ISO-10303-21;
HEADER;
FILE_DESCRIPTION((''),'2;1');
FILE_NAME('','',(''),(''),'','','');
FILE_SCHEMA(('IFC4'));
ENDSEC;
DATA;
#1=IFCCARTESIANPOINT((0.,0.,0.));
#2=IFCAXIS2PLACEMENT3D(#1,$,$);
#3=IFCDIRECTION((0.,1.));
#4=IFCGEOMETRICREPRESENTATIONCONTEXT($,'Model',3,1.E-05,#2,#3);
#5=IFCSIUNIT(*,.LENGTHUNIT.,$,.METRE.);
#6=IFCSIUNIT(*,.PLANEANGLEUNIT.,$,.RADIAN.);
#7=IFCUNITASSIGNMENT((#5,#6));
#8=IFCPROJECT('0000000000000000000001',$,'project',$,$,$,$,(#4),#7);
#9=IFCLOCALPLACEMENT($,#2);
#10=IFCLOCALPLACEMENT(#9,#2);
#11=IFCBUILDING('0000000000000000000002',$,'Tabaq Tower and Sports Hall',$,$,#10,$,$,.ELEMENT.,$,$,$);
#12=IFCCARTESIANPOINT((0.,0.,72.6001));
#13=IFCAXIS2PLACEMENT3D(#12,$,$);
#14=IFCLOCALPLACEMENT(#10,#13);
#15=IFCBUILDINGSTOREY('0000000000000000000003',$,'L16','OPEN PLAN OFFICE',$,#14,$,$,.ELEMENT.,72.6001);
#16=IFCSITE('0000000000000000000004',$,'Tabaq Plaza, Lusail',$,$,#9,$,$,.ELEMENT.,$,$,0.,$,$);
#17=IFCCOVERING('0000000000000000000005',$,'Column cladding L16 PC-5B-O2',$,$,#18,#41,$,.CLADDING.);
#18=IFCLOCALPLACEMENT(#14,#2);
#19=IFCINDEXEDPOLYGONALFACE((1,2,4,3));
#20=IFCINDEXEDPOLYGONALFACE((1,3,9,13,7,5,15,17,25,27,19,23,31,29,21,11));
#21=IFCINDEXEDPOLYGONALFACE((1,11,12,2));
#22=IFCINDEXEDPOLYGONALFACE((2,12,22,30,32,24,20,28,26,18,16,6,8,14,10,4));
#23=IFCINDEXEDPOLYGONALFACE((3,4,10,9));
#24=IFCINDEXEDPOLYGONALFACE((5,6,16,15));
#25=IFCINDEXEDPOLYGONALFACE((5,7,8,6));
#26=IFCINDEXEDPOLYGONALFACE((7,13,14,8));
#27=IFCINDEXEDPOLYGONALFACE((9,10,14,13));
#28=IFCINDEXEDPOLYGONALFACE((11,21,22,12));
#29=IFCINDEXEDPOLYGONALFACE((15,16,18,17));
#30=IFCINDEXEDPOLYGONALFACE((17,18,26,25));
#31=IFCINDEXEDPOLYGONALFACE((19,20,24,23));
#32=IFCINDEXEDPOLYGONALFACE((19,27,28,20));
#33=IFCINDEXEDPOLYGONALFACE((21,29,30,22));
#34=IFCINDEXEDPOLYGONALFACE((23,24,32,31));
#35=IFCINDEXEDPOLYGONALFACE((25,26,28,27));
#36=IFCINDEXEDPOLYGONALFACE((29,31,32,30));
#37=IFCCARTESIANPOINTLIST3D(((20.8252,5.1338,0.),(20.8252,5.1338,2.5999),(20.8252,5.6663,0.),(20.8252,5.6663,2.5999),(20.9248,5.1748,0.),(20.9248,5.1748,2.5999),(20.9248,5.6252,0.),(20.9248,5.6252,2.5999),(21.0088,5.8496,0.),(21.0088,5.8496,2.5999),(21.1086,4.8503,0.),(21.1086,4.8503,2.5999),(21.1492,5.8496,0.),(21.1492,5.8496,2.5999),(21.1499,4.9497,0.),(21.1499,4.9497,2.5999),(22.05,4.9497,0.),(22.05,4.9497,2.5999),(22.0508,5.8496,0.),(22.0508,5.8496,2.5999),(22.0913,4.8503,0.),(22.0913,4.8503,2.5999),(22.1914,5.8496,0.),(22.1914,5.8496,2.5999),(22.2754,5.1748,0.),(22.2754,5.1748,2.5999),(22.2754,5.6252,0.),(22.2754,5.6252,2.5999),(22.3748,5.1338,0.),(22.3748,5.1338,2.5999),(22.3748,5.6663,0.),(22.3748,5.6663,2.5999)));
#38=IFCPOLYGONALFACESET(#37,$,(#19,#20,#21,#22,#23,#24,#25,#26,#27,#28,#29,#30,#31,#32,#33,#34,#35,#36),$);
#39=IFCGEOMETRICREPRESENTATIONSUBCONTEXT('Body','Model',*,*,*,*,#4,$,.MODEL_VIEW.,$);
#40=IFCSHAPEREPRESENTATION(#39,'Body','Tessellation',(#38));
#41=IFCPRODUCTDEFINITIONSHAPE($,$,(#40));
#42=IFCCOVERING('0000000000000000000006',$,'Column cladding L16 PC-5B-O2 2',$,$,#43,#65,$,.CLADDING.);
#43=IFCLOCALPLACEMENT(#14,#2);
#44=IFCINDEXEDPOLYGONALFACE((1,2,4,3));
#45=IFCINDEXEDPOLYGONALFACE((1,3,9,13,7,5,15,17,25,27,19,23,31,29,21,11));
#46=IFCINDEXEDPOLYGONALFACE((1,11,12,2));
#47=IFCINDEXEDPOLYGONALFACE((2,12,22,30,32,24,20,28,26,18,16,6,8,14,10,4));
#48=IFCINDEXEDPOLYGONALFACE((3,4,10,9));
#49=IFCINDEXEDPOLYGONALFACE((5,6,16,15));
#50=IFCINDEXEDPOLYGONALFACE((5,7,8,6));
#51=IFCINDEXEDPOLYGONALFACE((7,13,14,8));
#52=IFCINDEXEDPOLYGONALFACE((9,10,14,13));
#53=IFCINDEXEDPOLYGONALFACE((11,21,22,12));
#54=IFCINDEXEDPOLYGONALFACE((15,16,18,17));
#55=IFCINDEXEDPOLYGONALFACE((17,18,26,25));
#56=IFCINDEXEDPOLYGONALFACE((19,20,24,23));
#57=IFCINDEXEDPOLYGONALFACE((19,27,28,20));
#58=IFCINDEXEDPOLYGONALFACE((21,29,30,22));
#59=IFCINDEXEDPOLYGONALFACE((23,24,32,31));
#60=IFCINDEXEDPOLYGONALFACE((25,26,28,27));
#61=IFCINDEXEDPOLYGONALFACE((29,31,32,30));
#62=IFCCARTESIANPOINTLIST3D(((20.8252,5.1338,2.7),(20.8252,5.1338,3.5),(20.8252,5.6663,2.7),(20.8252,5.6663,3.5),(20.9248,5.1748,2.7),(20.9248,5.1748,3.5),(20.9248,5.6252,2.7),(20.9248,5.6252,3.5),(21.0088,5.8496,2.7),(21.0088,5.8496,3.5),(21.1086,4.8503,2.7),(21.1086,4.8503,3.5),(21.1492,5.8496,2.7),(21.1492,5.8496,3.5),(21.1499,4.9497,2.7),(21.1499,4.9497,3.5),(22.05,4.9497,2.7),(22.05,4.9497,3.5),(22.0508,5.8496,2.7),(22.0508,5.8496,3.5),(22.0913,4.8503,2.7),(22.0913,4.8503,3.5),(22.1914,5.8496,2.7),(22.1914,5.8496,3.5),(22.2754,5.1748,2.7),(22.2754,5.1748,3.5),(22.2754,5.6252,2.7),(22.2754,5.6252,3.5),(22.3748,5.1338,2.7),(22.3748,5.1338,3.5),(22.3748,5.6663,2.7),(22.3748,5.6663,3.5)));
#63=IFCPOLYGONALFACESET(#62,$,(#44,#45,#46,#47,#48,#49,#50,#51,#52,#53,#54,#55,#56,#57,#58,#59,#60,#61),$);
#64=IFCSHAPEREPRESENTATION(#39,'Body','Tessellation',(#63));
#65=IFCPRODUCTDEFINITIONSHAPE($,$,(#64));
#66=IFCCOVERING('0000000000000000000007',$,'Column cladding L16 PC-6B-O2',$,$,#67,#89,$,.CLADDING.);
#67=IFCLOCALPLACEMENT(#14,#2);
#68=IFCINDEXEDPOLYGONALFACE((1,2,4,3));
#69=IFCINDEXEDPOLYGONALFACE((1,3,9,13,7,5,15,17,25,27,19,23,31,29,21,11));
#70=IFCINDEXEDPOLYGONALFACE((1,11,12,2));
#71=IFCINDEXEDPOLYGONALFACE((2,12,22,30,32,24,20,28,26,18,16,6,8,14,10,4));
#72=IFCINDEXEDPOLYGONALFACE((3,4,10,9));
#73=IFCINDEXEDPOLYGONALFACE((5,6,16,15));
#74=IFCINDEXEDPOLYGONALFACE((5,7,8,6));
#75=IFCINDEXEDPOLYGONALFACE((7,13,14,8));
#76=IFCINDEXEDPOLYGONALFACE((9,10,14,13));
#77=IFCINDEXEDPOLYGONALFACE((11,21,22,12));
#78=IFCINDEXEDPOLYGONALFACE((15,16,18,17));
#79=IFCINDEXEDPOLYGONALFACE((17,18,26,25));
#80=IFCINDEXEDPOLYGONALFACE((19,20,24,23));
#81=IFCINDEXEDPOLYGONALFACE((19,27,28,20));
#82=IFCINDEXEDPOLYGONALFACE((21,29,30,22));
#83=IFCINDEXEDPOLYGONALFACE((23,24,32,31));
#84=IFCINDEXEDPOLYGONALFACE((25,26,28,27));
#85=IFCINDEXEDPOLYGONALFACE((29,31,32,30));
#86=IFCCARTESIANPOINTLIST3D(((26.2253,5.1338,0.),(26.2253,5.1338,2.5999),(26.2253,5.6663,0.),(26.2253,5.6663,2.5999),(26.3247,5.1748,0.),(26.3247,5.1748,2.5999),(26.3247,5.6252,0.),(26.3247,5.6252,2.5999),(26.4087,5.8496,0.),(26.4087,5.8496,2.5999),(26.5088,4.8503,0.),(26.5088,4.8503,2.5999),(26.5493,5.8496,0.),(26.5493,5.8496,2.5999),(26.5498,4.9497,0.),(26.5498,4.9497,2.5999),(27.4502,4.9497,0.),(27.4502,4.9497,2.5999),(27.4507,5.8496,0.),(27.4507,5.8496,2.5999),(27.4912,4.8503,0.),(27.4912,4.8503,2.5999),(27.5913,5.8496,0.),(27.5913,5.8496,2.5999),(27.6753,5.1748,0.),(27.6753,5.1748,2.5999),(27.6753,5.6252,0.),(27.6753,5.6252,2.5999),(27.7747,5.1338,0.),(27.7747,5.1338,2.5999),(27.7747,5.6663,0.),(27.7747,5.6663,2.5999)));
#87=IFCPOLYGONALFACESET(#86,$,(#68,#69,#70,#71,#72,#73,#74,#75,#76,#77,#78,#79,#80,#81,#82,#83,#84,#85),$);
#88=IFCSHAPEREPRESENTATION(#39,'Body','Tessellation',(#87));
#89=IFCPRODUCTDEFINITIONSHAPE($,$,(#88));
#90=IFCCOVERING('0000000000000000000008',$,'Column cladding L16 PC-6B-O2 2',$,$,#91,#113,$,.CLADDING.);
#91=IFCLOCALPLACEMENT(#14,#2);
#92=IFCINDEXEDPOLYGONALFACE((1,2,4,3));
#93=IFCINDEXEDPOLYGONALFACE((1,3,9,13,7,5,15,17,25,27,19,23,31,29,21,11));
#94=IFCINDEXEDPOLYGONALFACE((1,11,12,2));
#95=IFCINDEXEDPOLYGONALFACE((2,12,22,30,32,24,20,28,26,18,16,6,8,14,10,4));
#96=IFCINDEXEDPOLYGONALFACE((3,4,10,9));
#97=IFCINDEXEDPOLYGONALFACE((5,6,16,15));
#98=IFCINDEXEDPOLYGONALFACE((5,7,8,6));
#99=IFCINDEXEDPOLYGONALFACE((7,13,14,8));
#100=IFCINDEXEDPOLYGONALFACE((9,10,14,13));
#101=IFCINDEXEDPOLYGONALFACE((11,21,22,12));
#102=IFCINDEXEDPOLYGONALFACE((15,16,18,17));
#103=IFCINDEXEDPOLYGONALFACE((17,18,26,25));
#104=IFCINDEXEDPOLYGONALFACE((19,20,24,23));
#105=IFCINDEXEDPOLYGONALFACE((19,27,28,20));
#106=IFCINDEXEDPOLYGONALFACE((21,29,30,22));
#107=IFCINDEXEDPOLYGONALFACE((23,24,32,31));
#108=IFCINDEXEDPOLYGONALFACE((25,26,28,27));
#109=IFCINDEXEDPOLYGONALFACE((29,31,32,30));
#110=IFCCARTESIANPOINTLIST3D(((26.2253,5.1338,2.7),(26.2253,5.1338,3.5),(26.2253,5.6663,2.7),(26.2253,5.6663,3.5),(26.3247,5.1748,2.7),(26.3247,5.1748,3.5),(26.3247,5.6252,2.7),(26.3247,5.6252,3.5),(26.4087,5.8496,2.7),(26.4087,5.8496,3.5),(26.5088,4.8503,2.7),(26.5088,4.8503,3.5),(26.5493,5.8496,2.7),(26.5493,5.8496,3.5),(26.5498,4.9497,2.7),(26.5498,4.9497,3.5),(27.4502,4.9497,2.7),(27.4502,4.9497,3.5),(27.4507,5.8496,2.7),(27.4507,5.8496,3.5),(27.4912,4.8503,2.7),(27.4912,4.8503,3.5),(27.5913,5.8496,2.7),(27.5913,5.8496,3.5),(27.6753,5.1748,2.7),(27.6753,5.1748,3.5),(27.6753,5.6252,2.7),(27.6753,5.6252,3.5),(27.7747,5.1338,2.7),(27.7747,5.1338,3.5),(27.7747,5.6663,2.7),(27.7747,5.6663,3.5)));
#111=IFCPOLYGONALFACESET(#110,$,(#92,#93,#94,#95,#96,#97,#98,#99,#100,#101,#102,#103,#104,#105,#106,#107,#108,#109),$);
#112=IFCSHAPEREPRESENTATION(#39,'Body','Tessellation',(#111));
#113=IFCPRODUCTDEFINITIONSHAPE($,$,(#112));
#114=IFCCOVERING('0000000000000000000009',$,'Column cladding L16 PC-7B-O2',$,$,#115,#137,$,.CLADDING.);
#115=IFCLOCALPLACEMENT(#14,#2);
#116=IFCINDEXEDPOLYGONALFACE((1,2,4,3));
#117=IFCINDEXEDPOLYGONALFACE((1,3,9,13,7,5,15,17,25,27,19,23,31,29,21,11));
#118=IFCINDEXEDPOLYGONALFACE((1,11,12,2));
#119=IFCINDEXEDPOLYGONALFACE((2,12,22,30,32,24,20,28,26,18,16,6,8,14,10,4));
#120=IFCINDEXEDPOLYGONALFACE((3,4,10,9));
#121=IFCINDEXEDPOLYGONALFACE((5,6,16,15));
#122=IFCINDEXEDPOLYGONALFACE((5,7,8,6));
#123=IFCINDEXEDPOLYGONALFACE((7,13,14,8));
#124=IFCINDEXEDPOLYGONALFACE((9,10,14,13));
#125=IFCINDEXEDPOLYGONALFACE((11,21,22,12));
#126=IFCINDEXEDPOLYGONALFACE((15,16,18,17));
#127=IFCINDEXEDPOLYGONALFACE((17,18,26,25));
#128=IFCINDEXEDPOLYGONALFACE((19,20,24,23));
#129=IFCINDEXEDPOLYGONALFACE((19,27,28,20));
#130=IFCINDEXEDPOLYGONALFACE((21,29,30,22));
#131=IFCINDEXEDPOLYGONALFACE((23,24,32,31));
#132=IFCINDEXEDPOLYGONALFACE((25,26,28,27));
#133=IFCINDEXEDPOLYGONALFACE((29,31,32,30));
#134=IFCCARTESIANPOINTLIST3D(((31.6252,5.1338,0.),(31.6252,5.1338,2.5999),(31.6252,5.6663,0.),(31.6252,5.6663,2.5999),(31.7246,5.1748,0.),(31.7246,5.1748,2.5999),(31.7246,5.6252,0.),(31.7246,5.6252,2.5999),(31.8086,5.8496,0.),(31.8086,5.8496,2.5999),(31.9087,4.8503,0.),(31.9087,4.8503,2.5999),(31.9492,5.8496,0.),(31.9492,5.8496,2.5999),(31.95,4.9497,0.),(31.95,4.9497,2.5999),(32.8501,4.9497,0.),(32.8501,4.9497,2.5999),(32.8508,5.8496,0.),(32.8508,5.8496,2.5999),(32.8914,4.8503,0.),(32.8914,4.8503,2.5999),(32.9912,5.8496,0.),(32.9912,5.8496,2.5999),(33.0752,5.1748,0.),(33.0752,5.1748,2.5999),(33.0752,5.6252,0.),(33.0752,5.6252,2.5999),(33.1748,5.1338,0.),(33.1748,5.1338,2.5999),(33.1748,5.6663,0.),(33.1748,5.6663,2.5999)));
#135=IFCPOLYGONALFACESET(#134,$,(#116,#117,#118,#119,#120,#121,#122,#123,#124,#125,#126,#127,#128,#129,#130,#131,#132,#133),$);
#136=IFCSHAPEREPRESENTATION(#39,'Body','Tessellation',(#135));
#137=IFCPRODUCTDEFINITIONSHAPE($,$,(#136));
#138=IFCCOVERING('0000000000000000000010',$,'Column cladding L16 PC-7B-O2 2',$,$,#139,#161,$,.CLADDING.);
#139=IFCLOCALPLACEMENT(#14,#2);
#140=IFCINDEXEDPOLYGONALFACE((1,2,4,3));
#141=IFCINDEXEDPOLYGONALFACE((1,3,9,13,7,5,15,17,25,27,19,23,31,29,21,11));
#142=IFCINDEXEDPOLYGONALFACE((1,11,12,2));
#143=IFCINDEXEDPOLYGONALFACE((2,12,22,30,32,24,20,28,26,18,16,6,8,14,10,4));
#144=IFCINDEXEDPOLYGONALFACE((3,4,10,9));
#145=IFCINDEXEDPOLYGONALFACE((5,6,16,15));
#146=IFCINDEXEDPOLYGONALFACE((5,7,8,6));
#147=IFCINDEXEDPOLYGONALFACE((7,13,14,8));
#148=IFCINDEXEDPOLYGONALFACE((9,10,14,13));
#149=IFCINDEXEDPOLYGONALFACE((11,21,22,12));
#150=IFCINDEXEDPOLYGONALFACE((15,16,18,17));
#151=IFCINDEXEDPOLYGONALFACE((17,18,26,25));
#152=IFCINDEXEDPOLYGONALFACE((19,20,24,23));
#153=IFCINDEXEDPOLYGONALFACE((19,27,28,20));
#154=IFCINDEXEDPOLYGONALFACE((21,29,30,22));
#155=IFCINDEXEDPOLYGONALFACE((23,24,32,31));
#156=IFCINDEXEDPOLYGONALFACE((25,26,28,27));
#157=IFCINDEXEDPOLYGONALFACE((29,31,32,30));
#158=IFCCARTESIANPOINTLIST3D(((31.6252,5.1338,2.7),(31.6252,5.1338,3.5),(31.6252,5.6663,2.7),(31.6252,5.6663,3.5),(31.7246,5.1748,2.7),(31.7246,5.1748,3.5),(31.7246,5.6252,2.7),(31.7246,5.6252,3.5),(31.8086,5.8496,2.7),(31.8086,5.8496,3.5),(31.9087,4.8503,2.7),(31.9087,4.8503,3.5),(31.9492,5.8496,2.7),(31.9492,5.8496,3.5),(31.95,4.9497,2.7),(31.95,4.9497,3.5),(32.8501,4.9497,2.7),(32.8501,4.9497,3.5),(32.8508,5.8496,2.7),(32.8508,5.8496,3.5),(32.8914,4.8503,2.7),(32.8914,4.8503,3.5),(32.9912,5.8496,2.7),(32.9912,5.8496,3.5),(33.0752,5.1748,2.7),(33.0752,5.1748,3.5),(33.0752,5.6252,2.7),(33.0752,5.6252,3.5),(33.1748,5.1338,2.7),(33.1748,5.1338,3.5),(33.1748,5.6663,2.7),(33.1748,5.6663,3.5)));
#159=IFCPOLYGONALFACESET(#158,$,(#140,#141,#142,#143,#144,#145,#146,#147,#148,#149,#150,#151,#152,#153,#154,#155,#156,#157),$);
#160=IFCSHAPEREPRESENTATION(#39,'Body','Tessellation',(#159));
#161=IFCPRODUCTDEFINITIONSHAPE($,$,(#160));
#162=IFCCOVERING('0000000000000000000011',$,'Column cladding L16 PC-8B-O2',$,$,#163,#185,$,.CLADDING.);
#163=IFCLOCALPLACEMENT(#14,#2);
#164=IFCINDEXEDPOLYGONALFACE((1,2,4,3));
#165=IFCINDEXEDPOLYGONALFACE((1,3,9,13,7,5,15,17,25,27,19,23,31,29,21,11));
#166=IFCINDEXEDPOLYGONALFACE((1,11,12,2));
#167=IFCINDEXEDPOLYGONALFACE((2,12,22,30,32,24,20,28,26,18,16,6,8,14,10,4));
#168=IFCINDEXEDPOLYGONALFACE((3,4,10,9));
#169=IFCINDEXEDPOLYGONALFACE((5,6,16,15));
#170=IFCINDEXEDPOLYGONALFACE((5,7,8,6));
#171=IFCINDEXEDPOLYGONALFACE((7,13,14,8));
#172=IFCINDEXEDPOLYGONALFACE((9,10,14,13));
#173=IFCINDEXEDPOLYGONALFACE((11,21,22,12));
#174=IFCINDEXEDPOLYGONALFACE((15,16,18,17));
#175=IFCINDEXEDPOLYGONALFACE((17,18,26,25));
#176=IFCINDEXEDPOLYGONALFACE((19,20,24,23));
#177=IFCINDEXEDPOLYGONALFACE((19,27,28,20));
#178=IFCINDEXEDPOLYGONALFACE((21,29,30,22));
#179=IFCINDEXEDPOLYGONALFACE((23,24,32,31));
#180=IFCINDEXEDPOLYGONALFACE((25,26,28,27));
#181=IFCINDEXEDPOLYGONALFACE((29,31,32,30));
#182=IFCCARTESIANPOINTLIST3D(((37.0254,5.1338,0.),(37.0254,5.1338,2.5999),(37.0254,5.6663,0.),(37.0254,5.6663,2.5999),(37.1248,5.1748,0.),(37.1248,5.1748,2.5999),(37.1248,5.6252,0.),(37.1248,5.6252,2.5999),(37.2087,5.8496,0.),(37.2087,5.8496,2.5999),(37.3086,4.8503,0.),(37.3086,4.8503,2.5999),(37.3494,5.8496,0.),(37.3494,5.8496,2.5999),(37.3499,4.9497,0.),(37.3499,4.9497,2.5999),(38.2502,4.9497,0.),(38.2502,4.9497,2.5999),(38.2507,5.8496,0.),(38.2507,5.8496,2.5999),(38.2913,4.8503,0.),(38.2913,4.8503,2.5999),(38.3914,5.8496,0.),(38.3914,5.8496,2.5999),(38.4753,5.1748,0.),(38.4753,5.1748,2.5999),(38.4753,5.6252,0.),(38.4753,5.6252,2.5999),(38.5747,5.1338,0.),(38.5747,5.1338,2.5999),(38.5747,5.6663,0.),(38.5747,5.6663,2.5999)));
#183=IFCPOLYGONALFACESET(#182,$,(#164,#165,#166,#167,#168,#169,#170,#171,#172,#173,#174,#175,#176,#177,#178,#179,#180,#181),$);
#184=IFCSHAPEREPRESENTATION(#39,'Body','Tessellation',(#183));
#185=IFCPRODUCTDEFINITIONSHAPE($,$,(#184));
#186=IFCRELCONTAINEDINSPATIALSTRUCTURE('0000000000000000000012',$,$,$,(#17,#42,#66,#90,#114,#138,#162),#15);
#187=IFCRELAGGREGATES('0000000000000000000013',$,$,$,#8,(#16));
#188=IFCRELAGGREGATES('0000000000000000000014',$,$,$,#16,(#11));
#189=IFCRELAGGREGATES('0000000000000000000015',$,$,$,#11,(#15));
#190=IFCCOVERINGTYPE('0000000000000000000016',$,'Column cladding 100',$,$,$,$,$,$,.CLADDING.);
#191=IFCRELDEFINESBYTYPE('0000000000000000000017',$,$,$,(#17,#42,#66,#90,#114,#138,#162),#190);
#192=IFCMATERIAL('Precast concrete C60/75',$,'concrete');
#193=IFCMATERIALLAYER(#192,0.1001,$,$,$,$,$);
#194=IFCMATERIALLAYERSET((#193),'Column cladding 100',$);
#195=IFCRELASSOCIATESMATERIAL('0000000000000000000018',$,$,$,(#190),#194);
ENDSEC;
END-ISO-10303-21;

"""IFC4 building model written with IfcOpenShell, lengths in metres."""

from ifc_helpers import new_model, si_unit, direction, frame, origin, place, context, subcontext, project, spatial, polyline, outline, extrude, material, layer, layer_set, type_object, element, save


model = new_model("IFC4")

# Units and contexts
model_context = context("Model", 3, precision=1e-05, world=origin(), true_north=direction((0.0, 1.0)))
body_context = subcontext(model_context, "Body", "Model", "MODEL_VIEW")
ifc_project = project(units=[si_unit("LENGTHUNIT", "METRE"), si_unit("PLANEANGLEUNIT", "RADIAN")], contexts=[model_context])

# Site, building, storey
site_placement = place(None, origin())
site = spatial("IfcSite", under=ifc_project, at=site_placement, Name="Tabaq Plaza, Lusail", CompositionType="ELEMENT", RefElevation=0.0)
building_placement = place(site_placement, origin())
building = spatial("IfcBuilding", under=site, at=building_placement, Name="Tabaq Tower and Sports Hall", CompositionType="ELEMENT")
storey_placement = place(building_placement, frame((0.0, 0.0, 72.6001)))
storey = spatial("IfcBuildingStorey", under=building, at=storey_placement, Name="L16", Description="OPEN PLAN OFFICE", CompositionType="ELEMENT", Elevation=72.6001)

# Coverings
ifc_material_1 = material(Name="Precast concrete C60/75", Category="concrete")
ifc_layer_1 = layer(ifc_material_1, 0.1001)
ifc_layer_set_1 = layer_set([ifc_layer_1], Name="Column cladding 100")
covering_type = type_object("IfcCoveringType", Name="Column cladding 100", PredefinedType="CLADDING", material=ifc_layer_set_1)
covering_1_placement = place(storey_placement, origin())
element("IfcCovering", 1, at=covering_1_placement, inside=storey, type_object=covering_type, Name="Column cladding L16 PC-5B-O2", PredefinedType="CLADDING", context=body_context, shape_type="SweptSolid", body=[
    extrude(outline(polyline([(20.8252, 5.6663), (21.0088, 5.8496), (21.1492, 5.8496), (20.9248, 5.6252), (20.9248, 5.1748), (21.1499, 4.9497), (22.05, 4.9497), (22.2754, 5.1748), (22.2754, 5.6252), (22.0508, 5.8496), (22.1914, 5.8496), (22.3748, 5.6663), (22.3748, 5.1338), (22.0913, 4.8503), (21.1086, 4.8503), (20.8252, 5.1338), (20.8252, 5.6663)])), origin(), (0.0, 0.0, 1.0), 2.5999),
])
covering_2_placement = place(storey_placement, frame((0.0, 0.0, 2.7)))
element("IfcCovering", 2, at=covering_2_placement, inside=storey, type_object=covering_type, Name="Column cladding L16 PC-5B-O2 2", PredefinedType="CLADDING", context=body_context, shape_type="SweptSolid", body=[
    extrude(outline(polyline([(20.8252, 5.6663), (21.0088, 5.8496), (21.1492, 5.8496), (20.9248, 5.6252), (20.9248, 5.1748), (21.1499, 4.9497), (22.05, 4.9497), (22.2754, 5.1748), (22.2754, 5.6252), (22.0508, 5.8496), (22.1914, 5.8496), (22.3748, 5.6663), (22.3748, 5.1338), (22.0913, 4.8503), (21.1086, 4.8503), (20.8252, 5.1338), (20.8252, 5.6663)])), origin(), (0.0, 0.0, 1.0), 0.8),
])
covering_3_placement = place(storey_placement, origin())
element("IfcCovering", 3, at=covering_3_placement, inside=storey, type_object=covering_type, Name="Column cladding L16 PC-6B-O2", PredefinedType="CLADDING", context=body_context, shape_type="SweptSolid", body=[
    extrude(outline(polyline([(26.2253, 5.6663), (26.4087, 5.8496), (26.5493, 5.8496), (26.3247, 5.6252), (26.3247, 5.1748), (26.5498, 4.9497), (27.4502, 4.9497), (27.6753, 5.1748), (27.6753, 5.6252), (27.4507, 5.8496), (27.5913, 5.8496), (27.7747, 5.6663), (27.7747, 5.1338), (27.4912, 4.8503), (26.5088, 4.8503), (26.2253, 5.1338), (26.2253, 5.6663)])), origin(), (0.0, 0.0, 1.0), 2.5999),
])
covering_4_placement = place(storey_placement, frame((0.0, 0.0, 2.7)))
element("IfcCovering", 4, at=covering_4_placement, inside=storey, type_object=covering_type, Name="Column cladding L16 PC-6B-O2 2", PredefinedType="CLADDING", context=body_context, shape_type="SweptSolid", body=[
    extrude(outline(polyline([(26.2253, 5.6663), (26.4087, 5.8496), (26.5493, 5.8496), (26.3247, 5.6252), (26.3247, 5.1748), (26.5498, 4.9497), (27.4502, 4.9497), (27.6753, 5.1748), (27.6753, 5.6252), (27.4507, 5.8496), (27.5913, 5.8496), (27.7747, 5.6663), (27.7747, 5.1338), (27.4912, 4.8503), (26.5088, 4.8503), (26.2253, 5.1338), (26.2253, 5.6663)])), origin(), (0.0, 0.0, 1.0), 0.8),
])
covering_5_placement = place(storey_placement, origin())
element("IfcCovering", 5, at=covering_5_placement, inside=storey, type_object=covering_type, Name="Column cladding L16 PC-7B-O2", PredefinedType="CLADDING", context=body_context, shape_type="SweptSolid", body=[
    extrude(outline(polyline([(31.6252, 5.6663), (31.8086, 5.8496), (31.9492, 5.8496), (31.7246, 5.6252), (31.7246, 5.1748), (31.95, 4.9497), (32.8501, 4.9497), (33.0752, 5.1748), (33.0752, 5.6252), (32.8508, 5.8496), (32.9912, 5.8496), (33.1748, 5.6663), (33.1748, 5.1338), (32.8914, 4.8503), (31.9087, 4.8503), (31.6252, 5.1338), (31.6252, 5.6663)])), origin(), (0.0, 0.0, 1.0), 2.5999),
])
covering_6_placement = place(storey_placement, frame((0.0, 0.0, 2.7)))
element("IfcCovering", 6, at=covering_6_placement, inside=storey, type_object=covering_type, Name="Column cladding L16 PC-7B-O2 2", PredefinedType="CLADDING", context=body_context, shape_type="SweptSolid", body=[
    extrude(outline(polyline([(31.6252, 5.6663), (31.8086, 5.8496), (31.9492, 5.8496), (31.7246, 5.6252), (31.7246, 5.1748), (31.95, 4.9497), (32.8501, 4.9497), (33.0752, 5.1748), (33.0752, 5.6252), (32.8508, 5.8496), (32.9912, 5.8496), (33.1748, 5.6663), (33.1748, 5.1338), (32.8914, 4.8503), (31.9087, 4.8503), (31.6252, 5.1338), (31.6252, 5.6663)])), origin(), (0.0, 0.0, 1.0), 0.8),
])
covering_7_placement = place(storey_placement, origin())
element("IfcCovering", 7, at=covering_7_placement, inside=storey, type_object=covering_type, Name="Column cladding L16 PC-8B-O2", PredefinedType="CLADDING", context=body_context, shape_type="SweptSolid", body=[
    extrude(outline(polyline([(37.0254, 5.6663), (37.2087, 5.8496), (37.3494, 5.8496), (37.1248, 5.6252), (37.1248, 5.1748), (37.3499, 4.9497), (38.2502, 4.9497), (38.4753, 5.1748), (38.4753, 5.6252), (38.2507, 5.8496), (38.3914, 5.8496), (38.5747, 5.6663), (38.5747, 5.1338), (38.2913, 4.8503), (37.3086, 4.8503), (37.0254, 5.1338), (37.0254, 5.6663)])), origin(), (0.0, 0.0, 1.0), 2.5999),
])

save(model, "model.ifc")
